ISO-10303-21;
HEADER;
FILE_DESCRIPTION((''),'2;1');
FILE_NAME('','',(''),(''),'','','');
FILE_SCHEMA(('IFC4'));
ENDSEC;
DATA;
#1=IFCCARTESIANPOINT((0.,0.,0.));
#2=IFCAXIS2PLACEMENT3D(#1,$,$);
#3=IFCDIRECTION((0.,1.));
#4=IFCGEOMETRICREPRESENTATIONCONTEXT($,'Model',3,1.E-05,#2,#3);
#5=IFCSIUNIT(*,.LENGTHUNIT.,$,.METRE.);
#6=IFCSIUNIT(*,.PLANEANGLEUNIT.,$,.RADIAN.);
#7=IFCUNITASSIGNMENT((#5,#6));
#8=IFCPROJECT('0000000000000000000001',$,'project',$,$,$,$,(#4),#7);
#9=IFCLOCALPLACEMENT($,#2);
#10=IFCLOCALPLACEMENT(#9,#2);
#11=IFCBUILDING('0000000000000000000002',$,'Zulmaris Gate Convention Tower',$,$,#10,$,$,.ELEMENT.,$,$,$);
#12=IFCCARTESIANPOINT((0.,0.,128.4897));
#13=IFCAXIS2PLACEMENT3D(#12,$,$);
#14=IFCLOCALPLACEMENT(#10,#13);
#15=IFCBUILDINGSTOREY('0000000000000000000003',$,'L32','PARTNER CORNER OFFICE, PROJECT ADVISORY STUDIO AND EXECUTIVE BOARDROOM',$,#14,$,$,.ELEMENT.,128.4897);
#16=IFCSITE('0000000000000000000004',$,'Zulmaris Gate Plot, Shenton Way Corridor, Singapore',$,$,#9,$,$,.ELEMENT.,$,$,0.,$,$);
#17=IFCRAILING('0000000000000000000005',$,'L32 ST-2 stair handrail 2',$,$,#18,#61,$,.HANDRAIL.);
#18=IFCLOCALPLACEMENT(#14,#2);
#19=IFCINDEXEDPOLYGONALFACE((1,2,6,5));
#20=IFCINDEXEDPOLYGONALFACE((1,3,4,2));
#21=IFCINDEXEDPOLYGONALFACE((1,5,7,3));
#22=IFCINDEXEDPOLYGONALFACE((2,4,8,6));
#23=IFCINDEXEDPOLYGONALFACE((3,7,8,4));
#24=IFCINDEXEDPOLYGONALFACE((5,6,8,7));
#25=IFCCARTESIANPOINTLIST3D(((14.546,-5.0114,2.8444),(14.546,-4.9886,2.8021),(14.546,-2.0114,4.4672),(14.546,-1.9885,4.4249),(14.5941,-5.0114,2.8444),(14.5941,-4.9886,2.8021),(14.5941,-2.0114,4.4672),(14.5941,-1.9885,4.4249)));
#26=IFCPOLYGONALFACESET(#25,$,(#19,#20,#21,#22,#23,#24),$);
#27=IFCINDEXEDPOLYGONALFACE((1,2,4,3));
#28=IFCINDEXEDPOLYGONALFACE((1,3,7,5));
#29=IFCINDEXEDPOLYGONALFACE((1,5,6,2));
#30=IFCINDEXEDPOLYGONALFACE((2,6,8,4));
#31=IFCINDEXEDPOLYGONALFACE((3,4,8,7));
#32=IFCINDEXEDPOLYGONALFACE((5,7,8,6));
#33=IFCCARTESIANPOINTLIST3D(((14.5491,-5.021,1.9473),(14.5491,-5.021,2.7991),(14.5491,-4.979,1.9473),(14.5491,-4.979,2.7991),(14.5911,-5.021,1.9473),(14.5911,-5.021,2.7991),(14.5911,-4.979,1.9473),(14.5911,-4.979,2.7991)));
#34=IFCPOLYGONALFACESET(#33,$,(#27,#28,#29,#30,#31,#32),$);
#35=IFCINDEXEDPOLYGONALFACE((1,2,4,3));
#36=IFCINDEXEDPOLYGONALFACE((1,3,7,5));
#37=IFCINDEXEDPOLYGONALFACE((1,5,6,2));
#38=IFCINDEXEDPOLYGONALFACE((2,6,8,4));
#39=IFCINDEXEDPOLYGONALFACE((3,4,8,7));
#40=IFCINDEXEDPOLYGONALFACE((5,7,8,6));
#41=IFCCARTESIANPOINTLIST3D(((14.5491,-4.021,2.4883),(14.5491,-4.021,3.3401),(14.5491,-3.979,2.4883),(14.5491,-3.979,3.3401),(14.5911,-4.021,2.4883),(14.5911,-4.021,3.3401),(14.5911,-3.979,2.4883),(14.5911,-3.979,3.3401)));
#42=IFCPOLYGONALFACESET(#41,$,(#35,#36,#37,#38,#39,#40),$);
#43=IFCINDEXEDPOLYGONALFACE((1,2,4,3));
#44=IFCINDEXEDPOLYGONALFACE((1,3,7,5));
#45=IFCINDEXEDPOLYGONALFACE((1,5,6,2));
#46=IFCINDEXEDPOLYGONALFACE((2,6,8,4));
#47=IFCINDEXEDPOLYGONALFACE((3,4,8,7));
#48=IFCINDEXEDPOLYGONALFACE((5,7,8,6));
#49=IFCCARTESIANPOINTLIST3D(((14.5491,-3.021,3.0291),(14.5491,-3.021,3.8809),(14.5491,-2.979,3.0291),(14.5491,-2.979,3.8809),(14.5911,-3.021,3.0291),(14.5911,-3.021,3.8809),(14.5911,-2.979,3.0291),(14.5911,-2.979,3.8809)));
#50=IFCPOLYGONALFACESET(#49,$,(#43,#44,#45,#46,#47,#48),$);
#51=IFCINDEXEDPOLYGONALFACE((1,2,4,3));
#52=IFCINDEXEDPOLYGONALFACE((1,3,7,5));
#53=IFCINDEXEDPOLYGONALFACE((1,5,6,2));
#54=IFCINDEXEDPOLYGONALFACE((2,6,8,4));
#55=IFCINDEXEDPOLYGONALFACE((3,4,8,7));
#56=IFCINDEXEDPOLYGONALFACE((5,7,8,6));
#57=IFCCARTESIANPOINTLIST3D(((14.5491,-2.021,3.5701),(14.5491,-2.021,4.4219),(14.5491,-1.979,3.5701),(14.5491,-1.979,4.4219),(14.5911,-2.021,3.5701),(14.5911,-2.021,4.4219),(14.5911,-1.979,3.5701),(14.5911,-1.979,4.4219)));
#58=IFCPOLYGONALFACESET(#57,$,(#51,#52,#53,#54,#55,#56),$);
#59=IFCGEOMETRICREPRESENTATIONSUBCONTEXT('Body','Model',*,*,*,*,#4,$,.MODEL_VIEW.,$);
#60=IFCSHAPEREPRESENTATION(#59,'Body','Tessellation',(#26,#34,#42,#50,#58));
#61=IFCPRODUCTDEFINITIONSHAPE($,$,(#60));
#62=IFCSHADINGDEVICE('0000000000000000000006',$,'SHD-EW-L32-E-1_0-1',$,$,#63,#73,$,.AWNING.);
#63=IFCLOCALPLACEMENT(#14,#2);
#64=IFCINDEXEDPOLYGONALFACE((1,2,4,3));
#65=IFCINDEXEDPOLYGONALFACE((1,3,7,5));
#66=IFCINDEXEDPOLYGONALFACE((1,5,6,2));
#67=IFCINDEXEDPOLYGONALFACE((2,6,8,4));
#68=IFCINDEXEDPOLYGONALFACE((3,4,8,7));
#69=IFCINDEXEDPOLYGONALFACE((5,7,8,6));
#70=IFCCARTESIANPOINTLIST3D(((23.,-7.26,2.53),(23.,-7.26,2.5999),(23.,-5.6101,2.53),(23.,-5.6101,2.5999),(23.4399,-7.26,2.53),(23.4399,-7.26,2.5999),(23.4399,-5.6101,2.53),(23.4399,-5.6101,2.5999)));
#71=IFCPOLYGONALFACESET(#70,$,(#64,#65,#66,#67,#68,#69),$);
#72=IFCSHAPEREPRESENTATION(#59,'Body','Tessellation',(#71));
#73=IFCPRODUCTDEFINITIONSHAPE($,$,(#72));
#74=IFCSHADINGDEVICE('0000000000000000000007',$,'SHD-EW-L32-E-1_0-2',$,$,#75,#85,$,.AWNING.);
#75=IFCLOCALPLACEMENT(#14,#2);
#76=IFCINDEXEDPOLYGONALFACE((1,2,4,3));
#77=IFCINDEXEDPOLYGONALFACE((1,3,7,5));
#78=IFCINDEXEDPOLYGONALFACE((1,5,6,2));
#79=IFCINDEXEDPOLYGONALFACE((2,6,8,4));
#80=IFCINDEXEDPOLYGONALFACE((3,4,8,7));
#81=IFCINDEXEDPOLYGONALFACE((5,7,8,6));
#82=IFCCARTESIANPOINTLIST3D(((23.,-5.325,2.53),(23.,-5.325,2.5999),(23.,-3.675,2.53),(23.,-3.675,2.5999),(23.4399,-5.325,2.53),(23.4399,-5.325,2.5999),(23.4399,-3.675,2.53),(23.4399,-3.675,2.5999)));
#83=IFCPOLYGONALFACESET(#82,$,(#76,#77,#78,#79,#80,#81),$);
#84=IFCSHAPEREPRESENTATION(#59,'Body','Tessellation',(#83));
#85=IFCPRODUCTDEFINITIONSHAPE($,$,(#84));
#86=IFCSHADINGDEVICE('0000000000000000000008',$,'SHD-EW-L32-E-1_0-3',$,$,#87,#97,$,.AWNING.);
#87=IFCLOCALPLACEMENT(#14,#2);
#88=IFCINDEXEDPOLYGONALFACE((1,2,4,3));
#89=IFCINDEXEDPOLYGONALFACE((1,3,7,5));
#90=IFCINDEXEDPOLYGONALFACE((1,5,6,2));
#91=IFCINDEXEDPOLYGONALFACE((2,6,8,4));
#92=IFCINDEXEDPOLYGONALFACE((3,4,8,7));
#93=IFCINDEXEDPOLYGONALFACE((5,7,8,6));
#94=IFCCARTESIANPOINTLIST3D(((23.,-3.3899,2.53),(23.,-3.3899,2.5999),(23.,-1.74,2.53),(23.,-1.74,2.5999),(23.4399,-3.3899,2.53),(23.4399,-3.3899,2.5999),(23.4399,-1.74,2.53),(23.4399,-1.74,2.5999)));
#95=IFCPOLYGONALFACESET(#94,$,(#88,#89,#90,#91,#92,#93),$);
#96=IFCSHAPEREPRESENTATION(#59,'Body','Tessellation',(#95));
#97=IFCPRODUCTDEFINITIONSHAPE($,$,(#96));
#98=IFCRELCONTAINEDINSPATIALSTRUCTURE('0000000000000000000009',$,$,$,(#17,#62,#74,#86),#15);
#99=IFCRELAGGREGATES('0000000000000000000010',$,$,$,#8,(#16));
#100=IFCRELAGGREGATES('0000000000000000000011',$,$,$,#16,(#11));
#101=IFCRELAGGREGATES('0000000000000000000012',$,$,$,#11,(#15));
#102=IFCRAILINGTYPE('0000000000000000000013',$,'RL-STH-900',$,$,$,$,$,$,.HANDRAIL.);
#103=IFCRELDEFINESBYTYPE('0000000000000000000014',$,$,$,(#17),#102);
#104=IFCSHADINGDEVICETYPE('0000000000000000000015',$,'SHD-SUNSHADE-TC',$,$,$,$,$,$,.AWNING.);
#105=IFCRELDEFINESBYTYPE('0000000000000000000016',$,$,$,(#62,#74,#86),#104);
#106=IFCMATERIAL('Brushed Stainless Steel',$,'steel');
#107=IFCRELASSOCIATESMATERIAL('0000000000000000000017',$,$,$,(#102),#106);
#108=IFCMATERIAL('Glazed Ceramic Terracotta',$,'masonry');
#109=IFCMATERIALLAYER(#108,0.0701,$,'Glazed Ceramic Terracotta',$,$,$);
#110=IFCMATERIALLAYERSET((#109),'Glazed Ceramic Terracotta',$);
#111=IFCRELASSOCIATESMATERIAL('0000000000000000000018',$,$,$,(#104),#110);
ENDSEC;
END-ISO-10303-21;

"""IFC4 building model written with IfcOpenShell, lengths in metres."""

from ifc_helpers import new_model, si_unit, direction, frame, frame_2d, origin, origin_2d, place, context, subcontext, project, spatial, rectangle, extrude, material, layer, layer_set, type_object, element, save


model = new_model("IFC4")

# Units and contexts
model_context = context("Model", 3, precision=1e-05, world=origin(), true_north=direction((0.0, 1.0)))
body_context = subcontext(model_context, "Body", "Model", "MODEL_VIEW")
ifc_project = project(units=[si_unit("LENGTHUNIT", "METRE"), si_unit("PLANEANGLEUNIT", "RADIAN")], contexts=[model_context])

# Site, building, storey
site_placement = place(None, origin())
site = spatial("IfcSite", under=ifc_project, at=site_placement, Name="Zulmaris Gate Plot, Shenton Way Corridor, Singapore", CompositionType="ELEMENT", RefElevation=0.0)
building_placement = place(site_placement, origin())
building = spatial("IfcBuilding", under=site, at=building_placement, Name="Zulmaris Gate Convention Tower", CompositionType="ELEMENT")
storey_placement = place(building_placement, frame((0.0, 0.0, 128.4897)))
storey = spatial("IfcBuildingStorey", under=building, at=storey_placement, Name="L32", Description="PARTNER CORNER OFFICE, PROJECT ADVISORY STUDIO AND EXECUTIVE BOARDROOM", CompositionType="ELEMENT", Elevation=128.4897)

# Shared definitions
ifc_material_1 = material(Name="Brushed Stainless Steel", Category="steel")

# Railing
railing_type_1 = type_object("IfcRailingType", Name="RL-STH-900", PredefinedType="HANDRAIL", material=ifc_material_1)
railing_1_placement = place(storey_placement, frame((14.5701, -5.0, 1.9473)))
element("IfcRailing", 1, at=railing_1_placement, inside=storey, type_object=railing_type_1, Name="L32 ST-2 stair handrail 2", PredefinedType="HANDRAIL", context=body_context, shape_type="SweptSolid", body=[
    extrude(rectangle(XDim=0.0481, YDim=0.0481, at=origin_2d()), frame((0.0, 0.0, 0.876), z_axis=(0.0, 0.879562, 0.475785), x_axis=(-1.0, 0.0, 0.0)), (0.0, 0.0, 1.0), 3.4109),
    extrude(rectangle(XDim=0.042, YDim=0.042, at=origin_2d()), origin(), (0.0, 0.0, 1.0), 0.8518),
    extrude(rectangle(XDim=0.042, YDim=0.042, at=origin_2d()), frame((0.0, 1.0, 0.541)), (0.0, 0.0, 1.0), 0.8518),
    extrude(rectangle(XDim=0.042, YDim=0.042, at=origin_2d()), frame((0.0, 2.0, 1.0818)), (0.0, 0.0, 1.0), 0.8518),
    extrude(rectangle(XDim=0.042, YDim=0.042, at=origin_2d()), frame((0.0, 3.0, 1.6228)), (0.0, 0.0, 1.0), 0.8518),
])

# Shading devices
ifc_material_2 = material(Name="Glazed Ceramic Terracotta", Category="masonry")
ifc_layer_1 = layer(ifc_material_2, 0.0701, Name="Glazed Ceramic Terracotta")
ifc_layer_set_1 = layer_set([ifc_layer_1], Name="Glazed Ceramic Terracotta")
shading_device_type = type_object("IfcShadingDeviceType", Name="SHD-SUNSHADE-TC", PredefinedType="AWNING", material=ifc_layer_set_1)
for number, where, z_axis, x_axis, name in (
    (2, (23.22, -7.26, 2.53), (0.0, 0.0, 1.0), (0.0, 1.0, 0.0), "SHD-EW-L32-E-1_0-1"),
    (3, (23.22, -5.325, 2.53), (0.0, 0.0, 1.0), (0.0, 1.0, 0.0), "SHD-EW-L32-E-1_0-2"),
    (4, (23.22, -3.3899, 2.53), (0.0, 0.0, 1.0), (0.0, 1.0, 0.0), "SHD-EW-L32-E-1_0-3"),
):
    element("IfcShadingDevice", number, at=place(storey_placement, frame(where, z_axis=z_axis, x_axis=x_axis)), inside=storey, type_object=shading_device_type, Name=name, PredefinedType="AWNING", context=body_context, shape_type="SweptSolid", body=[
        extrude(rectangle(XDim=1.6499, YDim=0.4399, at=frame_2d((0.825, 0.0))), origin(), (0.0, 0.0, 1.0), 0.0698),
    ])

save(model, "model.ifc")
